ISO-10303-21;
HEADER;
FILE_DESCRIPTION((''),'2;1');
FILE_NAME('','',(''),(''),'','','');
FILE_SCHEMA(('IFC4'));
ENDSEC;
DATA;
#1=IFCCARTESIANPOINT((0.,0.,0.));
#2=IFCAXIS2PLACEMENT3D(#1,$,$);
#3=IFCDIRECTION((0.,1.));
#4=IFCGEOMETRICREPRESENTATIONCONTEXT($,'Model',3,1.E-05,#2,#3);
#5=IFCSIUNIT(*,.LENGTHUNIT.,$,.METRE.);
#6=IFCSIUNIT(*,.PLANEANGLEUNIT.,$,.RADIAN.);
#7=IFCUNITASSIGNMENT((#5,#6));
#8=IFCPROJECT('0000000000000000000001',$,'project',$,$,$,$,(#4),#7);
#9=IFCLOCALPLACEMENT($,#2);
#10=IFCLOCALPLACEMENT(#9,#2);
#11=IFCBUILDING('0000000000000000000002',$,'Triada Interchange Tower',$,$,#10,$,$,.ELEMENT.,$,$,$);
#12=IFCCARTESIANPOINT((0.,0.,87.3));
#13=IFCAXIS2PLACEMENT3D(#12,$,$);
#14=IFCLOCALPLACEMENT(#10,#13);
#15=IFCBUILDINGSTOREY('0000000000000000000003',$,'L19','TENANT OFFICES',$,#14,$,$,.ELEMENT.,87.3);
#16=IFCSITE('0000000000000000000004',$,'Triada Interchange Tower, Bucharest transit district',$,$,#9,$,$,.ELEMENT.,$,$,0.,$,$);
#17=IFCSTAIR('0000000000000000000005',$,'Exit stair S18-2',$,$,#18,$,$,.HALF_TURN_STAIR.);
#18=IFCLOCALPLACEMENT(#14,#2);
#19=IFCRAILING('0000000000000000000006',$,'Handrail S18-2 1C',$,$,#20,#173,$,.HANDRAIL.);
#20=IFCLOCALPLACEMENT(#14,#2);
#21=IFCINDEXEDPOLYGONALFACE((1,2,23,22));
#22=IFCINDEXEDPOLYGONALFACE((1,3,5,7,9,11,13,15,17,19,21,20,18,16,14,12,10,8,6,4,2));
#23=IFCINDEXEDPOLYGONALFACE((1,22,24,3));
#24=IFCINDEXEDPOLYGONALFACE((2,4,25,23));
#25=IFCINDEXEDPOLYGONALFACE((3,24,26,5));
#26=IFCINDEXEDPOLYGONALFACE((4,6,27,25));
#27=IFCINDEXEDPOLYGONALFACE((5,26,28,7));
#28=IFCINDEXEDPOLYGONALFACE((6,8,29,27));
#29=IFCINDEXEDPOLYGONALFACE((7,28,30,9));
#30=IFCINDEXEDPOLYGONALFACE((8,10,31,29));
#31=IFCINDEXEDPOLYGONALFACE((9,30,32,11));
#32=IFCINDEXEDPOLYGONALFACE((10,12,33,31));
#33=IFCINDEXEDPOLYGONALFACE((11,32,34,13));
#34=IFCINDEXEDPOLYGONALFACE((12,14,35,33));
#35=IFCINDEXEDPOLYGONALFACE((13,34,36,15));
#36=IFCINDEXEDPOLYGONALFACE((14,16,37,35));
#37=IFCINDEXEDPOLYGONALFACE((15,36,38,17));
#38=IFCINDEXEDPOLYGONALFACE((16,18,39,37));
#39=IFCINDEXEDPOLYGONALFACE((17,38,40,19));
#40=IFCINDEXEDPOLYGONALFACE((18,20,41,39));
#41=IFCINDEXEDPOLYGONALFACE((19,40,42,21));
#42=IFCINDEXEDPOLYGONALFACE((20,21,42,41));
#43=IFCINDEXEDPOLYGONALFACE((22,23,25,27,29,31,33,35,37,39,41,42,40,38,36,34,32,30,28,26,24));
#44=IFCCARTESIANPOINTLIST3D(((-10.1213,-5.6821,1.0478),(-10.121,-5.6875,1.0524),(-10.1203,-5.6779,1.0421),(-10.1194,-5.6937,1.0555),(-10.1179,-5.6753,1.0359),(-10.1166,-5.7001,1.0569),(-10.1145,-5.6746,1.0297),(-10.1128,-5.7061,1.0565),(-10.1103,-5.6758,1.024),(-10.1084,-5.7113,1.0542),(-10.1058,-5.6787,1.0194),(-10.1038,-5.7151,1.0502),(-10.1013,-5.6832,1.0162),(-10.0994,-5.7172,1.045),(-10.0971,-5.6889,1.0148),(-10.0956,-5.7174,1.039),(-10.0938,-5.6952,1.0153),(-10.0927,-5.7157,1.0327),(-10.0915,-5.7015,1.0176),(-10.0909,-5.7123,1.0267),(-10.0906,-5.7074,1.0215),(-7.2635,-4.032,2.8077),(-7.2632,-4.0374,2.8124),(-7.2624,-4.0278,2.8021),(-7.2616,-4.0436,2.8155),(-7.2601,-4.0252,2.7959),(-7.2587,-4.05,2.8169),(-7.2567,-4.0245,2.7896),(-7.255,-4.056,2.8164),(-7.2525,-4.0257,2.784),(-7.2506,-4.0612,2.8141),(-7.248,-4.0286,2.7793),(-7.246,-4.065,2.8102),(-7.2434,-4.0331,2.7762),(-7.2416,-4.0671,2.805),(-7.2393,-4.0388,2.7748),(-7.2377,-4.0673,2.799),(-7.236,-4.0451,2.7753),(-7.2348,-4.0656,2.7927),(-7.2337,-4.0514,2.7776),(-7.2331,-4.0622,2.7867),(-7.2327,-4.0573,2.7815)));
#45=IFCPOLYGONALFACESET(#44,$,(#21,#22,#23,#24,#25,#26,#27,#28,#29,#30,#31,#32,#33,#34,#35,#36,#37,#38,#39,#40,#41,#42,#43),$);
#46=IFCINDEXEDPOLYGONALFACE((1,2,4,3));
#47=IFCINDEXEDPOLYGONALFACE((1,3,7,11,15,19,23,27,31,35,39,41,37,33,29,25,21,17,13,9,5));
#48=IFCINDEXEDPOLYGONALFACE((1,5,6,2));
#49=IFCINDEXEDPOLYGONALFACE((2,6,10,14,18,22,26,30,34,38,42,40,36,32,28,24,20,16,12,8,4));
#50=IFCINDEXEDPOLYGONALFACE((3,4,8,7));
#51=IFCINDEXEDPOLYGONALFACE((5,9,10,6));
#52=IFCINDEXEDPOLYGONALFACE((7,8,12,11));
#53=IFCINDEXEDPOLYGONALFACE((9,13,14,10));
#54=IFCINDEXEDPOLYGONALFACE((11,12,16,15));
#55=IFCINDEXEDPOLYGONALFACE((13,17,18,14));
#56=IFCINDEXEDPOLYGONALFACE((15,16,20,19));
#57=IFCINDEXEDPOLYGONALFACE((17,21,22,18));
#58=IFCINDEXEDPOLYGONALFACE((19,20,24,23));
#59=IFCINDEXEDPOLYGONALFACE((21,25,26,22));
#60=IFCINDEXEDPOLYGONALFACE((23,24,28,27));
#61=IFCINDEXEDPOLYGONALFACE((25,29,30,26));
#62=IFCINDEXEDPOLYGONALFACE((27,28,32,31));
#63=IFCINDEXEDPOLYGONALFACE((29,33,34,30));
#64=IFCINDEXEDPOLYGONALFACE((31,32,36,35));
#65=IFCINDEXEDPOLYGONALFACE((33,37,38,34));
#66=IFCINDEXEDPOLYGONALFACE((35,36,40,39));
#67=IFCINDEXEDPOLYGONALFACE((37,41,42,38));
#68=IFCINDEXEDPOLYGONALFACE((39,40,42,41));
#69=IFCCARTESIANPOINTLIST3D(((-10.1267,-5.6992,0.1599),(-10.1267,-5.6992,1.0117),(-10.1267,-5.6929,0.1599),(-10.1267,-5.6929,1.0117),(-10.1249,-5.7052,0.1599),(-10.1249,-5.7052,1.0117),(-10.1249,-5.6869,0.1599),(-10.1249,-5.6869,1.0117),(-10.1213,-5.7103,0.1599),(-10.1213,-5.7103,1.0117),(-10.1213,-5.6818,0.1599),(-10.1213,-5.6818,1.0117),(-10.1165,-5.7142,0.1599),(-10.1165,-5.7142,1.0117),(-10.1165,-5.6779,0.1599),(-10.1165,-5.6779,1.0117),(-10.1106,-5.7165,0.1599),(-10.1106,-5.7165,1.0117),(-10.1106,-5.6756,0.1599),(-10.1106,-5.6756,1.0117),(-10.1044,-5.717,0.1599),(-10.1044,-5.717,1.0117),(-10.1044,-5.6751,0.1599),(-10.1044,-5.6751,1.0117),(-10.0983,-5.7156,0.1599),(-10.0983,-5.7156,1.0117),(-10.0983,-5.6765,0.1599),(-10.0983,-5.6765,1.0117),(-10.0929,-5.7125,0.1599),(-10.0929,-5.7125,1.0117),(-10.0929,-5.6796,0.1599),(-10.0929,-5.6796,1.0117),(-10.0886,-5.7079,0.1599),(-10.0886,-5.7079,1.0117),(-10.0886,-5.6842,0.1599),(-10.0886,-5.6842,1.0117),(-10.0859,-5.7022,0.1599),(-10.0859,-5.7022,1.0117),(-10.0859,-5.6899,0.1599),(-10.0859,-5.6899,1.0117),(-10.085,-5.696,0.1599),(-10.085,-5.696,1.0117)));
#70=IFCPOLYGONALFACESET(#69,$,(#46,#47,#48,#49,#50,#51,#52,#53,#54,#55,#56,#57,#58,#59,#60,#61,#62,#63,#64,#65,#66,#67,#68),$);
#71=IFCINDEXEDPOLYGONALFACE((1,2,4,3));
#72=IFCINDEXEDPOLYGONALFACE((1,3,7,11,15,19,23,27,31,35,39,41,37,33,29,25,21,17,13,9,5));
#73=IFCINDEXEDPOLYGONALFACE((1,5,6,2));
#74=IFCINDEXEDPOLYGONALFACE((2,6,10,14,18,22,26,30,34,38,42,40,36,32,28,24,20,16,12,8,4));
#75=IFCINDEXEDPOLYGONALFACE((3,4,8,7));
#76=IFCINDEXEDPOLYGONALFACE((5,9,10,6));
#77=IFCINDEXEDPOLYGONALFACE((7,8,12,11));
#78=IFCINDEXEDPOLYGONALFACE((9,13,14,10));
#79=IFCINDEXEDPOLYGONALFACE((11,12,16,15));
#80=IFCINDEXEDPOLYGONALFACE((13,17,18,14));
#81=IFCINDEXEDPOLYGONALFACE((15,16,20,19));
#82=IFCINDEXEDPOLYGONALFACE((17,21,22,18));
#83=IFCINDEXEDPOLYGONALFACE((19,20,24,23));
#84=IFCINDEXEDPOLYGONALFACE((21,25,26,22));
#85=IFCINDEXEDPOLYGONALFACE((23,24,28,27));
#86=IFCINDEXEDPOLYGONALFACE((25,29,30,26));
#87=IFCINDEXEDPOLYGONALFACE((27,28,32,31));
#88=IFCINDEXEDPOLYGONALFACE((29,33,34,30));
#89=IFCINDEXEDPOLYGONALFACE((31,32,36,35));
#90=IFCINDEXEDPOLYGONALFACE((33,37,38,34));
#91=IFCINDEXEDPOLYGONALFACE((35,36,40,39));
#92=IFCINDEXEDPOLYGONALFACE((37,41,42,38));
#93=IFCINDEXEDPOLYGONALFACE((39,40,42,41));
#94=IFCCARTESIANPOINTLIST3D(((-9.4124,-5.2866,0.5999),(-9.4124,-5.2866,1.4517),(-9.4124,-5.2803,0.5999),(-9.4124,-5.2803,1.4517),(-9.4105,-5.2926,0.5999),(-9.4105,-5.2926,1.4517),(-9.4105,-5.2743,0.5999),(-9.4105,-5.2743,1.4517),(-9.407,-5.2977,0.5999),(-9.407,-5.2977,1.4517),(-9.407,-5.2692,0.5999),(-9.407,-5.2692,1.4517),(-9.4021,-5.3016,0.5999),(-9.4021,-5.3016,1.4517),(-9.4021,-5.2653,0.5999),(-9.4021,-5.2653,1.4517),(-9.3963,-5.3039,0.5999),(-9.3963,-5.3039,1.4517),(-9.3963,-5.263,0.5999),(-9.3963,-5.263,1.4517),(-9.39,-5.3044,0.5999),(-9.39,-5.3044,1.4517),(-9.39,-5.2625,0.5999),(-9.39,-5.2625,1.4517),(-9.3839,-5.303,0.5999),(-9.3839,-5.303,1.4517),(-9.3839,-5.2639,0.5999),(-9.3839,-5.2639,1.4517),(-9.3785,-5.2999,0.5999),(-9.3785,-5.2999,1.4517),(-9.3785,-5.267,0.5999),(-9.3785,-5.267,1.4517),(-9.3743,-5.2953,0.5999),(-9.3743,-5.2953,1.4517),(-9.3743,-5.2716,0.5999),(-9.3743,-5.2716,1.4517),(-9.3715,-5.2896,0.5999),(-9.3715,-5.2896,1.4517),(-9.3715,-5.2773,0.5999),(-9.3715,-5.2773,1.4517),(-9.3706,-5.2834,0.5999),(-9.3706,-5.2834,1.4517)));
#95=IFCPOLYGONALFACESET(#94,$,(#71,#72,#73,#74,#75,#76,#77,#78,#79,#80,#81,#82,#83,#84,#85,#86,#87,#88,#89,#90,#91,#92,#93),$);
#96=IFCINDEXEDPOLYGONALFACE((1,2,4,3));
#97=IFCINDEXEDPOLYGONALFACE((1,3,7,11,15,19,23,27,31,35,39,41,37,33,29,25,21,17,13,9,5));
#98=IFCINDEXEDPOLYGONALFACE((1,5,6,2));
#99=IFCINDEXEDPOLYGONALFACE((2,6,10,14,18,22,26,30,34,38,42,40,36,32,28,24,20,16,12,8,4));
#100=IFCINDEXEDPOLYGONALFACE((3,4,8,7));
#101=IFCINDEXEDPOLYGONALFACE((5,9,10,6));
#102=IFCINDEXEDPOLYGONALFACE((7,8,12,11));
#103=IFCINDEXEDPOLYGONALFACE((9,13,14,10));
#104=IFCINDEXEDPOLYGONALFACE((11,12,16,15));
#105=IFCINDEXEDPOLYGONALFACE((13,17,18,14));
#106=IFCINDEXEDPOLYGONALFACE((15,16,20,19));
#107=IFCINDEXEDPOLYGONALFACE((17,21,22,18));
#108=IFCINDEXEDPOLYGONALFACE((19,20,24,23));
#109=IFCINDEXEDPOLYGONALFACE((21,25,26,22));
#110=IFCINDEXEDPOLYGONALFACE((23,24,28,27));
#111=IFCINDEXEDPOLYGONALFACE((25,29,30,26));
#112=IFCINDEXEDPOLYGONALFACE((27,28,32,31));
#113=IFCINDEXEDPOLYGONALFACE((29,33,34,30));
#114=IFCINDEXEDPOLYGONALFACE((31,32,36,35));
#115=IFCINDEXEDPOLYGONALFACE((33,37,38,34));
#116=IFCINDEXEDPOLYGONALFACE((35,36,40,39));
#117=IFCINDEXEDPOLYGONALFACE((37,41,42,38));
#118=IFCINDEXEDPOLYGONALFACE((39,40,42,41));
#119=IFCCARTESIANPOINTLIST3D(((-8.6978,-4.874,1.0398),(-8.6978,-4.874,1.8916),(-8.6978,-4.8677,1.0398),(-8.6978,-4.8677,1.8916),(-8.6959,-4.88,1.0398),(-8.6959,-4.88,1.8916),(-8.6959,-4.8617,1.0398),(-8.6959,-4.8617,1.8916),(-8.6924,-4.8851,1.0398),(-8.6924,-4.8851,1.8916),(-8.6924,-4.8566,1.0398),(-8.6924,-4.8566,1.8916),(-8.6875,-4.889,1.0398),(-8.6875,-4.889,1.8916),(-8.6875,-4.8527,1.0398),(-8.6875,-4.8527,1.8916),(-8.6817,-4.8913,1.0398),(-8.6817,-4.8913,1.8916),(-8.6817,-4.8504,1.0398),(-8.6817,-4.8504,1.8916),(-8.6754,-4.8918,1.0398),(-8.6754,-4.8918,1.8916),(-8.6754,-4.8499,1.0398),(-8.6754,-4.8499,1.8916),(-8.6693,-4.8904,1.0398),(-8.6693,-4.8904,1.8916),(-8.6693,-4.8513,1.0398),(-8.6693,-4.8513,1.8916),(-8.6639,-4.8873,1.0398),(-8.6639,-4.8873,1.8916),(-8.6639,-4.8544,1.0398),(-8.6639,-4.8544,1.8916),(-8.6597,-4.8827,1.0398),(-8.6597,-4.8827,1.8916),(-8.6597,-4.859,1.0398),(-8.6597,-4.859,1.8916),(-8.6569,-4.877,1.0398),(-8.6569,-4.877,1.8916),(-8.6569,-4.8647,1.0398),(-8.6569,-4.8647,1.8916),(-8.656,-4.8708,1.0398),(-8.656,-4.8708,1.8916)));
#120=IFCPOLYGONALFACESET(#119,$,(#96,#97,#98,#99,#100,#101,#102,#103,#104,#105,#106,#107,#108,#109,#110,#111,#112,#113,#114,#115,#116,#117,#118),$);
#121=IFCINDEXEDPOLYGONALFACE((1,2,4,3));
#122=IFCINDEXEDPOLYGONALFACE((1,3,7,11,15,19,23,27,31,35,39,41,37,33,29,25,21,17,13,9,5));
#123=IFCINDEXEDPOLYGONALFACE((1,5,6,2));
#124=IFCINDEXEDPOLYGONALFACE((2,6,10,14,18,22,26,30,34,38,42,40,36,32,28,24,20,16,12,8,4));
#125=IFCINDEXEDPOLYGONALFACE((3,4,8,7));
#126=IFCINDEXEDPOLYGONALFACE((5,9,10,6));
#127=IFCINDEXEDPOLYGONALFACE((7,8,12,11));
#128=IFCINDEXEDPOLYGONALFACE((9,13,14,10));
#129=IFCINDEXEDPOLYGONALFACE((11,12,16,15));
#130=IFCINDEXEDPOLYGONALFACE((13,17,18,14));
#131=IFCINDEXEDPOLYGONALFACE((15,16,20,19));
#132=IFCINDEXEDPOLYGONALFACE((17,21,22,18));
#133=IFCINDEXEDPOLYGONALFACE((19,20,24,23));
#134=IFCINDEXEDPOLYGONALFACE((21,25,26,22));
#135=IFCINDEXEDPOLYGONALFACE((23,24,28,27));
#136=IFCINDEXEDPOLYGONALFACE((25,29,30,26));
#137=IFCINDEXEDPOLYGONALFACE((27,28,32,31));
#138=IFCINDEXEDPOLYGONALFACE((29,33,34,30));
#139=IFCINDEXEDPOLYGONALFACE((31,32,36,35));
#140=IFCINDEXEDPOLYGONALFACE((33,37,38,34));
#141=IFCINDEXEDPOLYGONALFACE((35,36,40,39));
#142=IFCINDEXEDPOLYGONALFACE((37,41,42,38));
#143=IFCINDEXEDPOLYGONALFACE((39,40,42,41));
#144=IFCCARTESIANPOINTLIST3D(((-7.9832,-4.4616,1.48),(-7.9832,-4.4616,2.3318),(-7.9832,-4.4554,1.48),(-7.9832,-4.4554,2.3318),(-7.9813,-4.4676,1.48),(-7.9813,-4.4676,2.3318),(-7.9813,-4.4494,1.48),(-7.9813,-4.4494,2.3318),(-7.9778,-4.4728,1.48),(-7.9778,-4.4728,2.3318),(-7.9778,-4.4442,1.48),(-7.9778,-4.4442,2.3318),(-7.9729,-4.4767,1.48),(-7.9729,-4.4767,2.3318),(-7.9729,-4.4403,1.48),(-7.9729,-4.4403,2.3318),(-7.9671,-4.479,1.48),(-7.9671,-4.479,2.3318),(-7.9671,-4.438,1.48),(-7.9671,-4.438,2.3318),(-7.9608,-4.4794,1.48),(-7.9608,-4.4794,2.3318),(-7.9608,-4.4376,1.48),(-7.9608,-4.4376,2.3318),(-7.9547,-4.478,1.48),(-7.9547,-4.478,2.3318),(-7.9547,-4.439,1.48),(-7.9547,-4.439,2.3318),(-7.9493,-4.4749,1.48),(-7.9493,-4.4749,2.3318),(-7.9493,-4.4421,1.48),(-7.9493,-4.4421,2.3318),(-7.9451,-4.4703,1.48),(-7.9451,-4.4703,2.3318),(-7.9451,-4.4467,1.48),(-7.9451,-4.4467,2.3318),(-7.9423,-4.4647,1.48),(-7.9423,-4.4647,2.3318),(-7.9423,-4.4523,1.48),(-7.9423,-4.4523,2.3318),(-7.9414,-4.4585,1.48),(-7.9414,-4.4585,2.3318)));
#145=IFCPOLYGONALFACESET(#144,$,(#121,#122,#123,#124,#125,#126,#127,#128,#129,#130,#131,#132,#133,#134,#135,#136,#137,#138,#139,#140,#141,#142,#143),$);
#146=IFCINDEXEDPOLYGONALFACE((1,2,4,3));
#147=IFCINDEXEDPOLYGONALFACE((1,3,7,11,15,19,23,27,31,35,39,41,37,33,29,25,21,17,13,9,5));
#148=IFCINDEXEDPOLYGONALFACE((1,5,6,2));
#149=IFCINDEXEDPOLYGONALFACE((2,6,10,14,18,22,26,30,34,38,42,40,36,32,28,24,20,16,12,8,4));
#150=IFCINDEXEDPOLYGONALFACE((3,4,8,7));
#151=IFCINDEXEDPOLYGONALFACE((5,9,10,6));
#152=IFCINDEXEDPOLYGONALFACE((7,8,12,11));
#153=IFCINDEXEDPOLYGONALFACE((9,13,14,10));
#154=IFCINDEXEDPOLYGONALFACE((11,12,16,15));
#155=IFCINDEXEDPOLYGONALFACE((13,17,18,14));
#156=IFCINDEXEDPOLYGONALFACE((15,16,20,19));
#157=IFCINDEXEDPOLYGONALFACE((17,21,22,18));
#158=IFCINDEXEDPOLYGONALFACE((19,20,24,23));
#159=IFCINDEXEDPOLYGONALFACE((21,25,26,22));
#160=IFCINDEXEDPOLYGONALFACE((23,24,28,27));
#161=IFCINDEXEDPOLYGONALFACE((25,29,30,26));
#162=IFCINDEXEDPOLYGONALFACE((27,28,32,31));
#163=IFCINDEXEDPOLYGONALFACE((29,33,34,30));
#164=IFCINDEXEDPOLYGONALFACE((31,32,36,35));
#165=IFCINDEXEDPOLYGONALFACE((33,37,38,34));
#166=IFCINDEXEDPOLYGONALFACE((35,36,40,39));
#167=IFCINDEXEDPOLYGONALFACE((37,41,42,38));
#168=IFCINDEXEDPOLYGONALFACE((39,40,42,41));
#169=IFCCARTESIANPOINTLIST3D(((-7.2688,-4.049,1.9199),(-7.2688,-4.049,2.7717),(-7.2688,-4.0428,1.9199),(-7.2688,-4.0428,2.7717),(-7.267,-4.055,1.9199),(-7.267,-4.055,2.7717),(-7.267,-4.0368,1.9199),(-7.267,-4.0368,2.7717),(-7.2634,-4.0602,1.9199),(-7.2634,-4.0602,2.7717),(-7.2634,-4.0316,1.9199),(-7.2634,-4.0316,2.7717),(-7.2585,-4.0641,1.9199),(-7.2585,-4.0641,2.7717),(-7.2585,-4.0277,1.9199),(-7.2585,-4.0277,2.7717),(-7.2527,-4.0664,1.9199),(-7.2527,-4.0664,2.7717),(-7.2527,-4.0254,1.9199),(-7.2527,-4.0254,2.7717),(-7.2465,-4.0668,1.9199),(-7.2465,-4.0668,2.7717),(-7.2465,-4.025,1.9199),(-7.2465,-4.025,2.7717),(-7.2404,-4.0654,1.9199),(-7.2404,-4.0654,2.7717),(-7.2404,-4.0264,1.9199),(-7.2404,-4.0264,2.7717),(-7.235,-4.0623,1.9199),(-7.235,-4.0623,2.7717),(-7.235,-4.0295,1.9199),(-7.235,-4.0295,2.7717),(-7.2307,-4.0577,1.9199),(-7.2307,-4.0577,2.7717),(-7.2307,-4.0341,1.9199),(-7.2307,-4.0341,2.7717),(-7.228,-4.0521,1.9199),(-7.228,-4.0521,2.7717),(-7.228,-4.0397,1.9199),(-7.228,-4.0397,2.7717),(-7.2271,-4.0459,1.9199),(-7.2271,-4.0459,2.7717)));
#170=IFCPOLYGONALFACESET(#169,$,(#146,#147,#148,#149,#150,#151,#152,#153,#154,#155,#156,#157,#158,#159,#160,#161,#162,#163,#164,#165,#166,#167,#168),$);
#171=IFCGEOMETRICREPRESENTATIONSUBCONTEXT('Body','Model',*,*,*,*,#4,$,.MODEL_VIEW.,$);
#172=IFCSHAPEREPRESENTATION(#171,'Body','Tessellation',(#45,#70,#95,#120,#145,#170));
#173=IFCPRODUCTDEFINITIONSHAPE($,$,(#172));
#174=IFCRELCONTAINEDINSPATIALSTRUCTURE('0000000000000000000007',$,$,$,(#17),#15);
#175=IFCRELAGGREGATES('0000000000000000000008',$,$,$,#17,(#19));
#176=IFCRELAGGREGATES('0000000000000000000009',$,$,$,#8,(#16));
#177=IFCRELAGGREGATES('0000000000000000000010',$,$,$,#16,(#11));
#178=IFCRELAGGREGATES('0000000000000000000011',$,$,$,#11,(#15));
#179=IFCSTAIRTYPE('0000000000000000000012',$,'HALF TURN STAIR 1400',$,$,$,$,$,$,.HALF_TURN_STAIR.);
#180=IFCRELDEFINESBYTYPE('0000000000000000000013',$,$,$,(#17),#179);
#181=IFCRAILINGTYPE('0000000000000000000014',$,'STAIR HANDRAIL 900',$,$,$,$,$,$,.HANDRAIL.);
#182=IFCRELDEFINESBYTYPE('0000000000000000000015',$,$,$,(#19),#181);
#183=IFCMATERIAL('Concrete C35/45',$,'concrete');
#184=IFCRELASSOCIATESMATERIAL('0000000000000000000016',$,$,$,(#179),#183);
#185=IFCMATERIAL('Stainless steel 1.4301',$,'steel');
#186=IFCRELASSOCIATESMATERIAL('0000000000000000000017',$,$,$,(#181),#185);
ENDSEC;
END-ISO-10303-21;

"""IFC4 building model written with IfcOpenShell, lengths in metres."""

from ifc_helpers import new_model, si_unit, direction, frame, origin, origin_2d, place, context, subcontext, project, spatial, circle, extrude, material, type_object, element, aggregate, save


model = new_model("IFC4")

# Units and contexts
model_context = context("Model", 3, precision=1e-05, world=origin(), true_north=direction((0.0, 1.0)))
body_context = subcontext(model_context, "Body", "Model", "MODEL_VIEW")
ifc_project = project(units=[si_unit("LENGTHUNIT", "METRE"), si_unit("PLANEANGLEUNIT", "RADIAN")], contexts=[model_context])

# Site, building, storey
site_placement = place(None, origin())
site = spatial("IfcSite", under=ifc_project, at=site_placement, Name="Triada Interchange Tower, Bucharest transit district", CompositionType="ELEMENT", RefElevation=0.0)
building_placement = place(site_placement, origin())
building = spatial("IfcBuilding", under=site, at=building_placement, Name="Triada Interchange Tower", CompositionType="ELEMENT")
storey_placement = place(building_placement, frame((0.0, 0.0, 87.3)))
storey = spatial("IfcBuildingStorey", under=building, at=storey_placement, Name="L19", Description="TENANT OFFICES", CompositionType="ELEMENT", Elevation=87.3)

# Stair
ifc_material_1 = material(Name="Concrete C35/45", Category="concrete")
stair_type = type_object("IfcStairType", Name="HALF TURN STAIR 1400", PredefinedType="HALF_TURN_STAIR", material=ifc_material_1)
stair_placement = place(storey_placement, origin())
stair = element("IfcStair", 1, at=stair_placement, inside=storey, type_object=stair_type, Name="Exit stair S18-2", PredefinedType="HALF_TURN_STAIR")

# Railing
ifc_material_2 = material(Name="Stainless steel 1.4301", Category="steel")
railing_type = type_object("IfcRailingType", Name="STAIR HANDRAIL 900", PredefinedType="HANDRAIL", material=ifc_material_2)
railing_1_placement = place(storey_placement, frame((-10.106, -5.696, 0.1599)))
railing_1 = element("IfcRailing", 2, at=railing_1_placement, type_object=railing_type, Name="Handrail S18-2 1C", PredefinedType="HANDRAIL", context=body_context, shape_type="SweptSolid", body=[
    extrude(circle(Radius=0.0239, at=origin_2d()), frame((0.0, 0.0, 0.876), z_axis=(0.764129, 0.441205, 0.47058), x_axis=(-0.50003, 0.866008, 0.0)), (0.0, 0.0, 1.0), 3.74),
    extrude(circle(Radius=0.021, at=origin_2d()), origin(), (0.0, 0.0, 1.0), 0.8518),
    extrude(circle(Radius=0.021, at=origin_2d()), frame((0.7144, 0.4126, 0.4399)), (0.0, 0.0, 1.0), 0.8518),
    extrude(circle(Radius=0.021, at=origin_2d()), frame((1.429, 0.8252, 0.8799)), (0.0, 0.0, 1.0), 0.8518),
    extrude(circle(Radius=0.021, at=origin_2d()), frame((2.1436, 1.2375, 1.3201)), (0.0, 0.0, 1.0), 0.8518),
    extrude(circle(Radius=0.021, at=origin_2d()), frame((2.8579, 1.6501, 1.76)), (0.0, 0.0, 1.0), 0.8518),
])
aggregate(stair, [railing_1])

save(model, "model.ifc")
